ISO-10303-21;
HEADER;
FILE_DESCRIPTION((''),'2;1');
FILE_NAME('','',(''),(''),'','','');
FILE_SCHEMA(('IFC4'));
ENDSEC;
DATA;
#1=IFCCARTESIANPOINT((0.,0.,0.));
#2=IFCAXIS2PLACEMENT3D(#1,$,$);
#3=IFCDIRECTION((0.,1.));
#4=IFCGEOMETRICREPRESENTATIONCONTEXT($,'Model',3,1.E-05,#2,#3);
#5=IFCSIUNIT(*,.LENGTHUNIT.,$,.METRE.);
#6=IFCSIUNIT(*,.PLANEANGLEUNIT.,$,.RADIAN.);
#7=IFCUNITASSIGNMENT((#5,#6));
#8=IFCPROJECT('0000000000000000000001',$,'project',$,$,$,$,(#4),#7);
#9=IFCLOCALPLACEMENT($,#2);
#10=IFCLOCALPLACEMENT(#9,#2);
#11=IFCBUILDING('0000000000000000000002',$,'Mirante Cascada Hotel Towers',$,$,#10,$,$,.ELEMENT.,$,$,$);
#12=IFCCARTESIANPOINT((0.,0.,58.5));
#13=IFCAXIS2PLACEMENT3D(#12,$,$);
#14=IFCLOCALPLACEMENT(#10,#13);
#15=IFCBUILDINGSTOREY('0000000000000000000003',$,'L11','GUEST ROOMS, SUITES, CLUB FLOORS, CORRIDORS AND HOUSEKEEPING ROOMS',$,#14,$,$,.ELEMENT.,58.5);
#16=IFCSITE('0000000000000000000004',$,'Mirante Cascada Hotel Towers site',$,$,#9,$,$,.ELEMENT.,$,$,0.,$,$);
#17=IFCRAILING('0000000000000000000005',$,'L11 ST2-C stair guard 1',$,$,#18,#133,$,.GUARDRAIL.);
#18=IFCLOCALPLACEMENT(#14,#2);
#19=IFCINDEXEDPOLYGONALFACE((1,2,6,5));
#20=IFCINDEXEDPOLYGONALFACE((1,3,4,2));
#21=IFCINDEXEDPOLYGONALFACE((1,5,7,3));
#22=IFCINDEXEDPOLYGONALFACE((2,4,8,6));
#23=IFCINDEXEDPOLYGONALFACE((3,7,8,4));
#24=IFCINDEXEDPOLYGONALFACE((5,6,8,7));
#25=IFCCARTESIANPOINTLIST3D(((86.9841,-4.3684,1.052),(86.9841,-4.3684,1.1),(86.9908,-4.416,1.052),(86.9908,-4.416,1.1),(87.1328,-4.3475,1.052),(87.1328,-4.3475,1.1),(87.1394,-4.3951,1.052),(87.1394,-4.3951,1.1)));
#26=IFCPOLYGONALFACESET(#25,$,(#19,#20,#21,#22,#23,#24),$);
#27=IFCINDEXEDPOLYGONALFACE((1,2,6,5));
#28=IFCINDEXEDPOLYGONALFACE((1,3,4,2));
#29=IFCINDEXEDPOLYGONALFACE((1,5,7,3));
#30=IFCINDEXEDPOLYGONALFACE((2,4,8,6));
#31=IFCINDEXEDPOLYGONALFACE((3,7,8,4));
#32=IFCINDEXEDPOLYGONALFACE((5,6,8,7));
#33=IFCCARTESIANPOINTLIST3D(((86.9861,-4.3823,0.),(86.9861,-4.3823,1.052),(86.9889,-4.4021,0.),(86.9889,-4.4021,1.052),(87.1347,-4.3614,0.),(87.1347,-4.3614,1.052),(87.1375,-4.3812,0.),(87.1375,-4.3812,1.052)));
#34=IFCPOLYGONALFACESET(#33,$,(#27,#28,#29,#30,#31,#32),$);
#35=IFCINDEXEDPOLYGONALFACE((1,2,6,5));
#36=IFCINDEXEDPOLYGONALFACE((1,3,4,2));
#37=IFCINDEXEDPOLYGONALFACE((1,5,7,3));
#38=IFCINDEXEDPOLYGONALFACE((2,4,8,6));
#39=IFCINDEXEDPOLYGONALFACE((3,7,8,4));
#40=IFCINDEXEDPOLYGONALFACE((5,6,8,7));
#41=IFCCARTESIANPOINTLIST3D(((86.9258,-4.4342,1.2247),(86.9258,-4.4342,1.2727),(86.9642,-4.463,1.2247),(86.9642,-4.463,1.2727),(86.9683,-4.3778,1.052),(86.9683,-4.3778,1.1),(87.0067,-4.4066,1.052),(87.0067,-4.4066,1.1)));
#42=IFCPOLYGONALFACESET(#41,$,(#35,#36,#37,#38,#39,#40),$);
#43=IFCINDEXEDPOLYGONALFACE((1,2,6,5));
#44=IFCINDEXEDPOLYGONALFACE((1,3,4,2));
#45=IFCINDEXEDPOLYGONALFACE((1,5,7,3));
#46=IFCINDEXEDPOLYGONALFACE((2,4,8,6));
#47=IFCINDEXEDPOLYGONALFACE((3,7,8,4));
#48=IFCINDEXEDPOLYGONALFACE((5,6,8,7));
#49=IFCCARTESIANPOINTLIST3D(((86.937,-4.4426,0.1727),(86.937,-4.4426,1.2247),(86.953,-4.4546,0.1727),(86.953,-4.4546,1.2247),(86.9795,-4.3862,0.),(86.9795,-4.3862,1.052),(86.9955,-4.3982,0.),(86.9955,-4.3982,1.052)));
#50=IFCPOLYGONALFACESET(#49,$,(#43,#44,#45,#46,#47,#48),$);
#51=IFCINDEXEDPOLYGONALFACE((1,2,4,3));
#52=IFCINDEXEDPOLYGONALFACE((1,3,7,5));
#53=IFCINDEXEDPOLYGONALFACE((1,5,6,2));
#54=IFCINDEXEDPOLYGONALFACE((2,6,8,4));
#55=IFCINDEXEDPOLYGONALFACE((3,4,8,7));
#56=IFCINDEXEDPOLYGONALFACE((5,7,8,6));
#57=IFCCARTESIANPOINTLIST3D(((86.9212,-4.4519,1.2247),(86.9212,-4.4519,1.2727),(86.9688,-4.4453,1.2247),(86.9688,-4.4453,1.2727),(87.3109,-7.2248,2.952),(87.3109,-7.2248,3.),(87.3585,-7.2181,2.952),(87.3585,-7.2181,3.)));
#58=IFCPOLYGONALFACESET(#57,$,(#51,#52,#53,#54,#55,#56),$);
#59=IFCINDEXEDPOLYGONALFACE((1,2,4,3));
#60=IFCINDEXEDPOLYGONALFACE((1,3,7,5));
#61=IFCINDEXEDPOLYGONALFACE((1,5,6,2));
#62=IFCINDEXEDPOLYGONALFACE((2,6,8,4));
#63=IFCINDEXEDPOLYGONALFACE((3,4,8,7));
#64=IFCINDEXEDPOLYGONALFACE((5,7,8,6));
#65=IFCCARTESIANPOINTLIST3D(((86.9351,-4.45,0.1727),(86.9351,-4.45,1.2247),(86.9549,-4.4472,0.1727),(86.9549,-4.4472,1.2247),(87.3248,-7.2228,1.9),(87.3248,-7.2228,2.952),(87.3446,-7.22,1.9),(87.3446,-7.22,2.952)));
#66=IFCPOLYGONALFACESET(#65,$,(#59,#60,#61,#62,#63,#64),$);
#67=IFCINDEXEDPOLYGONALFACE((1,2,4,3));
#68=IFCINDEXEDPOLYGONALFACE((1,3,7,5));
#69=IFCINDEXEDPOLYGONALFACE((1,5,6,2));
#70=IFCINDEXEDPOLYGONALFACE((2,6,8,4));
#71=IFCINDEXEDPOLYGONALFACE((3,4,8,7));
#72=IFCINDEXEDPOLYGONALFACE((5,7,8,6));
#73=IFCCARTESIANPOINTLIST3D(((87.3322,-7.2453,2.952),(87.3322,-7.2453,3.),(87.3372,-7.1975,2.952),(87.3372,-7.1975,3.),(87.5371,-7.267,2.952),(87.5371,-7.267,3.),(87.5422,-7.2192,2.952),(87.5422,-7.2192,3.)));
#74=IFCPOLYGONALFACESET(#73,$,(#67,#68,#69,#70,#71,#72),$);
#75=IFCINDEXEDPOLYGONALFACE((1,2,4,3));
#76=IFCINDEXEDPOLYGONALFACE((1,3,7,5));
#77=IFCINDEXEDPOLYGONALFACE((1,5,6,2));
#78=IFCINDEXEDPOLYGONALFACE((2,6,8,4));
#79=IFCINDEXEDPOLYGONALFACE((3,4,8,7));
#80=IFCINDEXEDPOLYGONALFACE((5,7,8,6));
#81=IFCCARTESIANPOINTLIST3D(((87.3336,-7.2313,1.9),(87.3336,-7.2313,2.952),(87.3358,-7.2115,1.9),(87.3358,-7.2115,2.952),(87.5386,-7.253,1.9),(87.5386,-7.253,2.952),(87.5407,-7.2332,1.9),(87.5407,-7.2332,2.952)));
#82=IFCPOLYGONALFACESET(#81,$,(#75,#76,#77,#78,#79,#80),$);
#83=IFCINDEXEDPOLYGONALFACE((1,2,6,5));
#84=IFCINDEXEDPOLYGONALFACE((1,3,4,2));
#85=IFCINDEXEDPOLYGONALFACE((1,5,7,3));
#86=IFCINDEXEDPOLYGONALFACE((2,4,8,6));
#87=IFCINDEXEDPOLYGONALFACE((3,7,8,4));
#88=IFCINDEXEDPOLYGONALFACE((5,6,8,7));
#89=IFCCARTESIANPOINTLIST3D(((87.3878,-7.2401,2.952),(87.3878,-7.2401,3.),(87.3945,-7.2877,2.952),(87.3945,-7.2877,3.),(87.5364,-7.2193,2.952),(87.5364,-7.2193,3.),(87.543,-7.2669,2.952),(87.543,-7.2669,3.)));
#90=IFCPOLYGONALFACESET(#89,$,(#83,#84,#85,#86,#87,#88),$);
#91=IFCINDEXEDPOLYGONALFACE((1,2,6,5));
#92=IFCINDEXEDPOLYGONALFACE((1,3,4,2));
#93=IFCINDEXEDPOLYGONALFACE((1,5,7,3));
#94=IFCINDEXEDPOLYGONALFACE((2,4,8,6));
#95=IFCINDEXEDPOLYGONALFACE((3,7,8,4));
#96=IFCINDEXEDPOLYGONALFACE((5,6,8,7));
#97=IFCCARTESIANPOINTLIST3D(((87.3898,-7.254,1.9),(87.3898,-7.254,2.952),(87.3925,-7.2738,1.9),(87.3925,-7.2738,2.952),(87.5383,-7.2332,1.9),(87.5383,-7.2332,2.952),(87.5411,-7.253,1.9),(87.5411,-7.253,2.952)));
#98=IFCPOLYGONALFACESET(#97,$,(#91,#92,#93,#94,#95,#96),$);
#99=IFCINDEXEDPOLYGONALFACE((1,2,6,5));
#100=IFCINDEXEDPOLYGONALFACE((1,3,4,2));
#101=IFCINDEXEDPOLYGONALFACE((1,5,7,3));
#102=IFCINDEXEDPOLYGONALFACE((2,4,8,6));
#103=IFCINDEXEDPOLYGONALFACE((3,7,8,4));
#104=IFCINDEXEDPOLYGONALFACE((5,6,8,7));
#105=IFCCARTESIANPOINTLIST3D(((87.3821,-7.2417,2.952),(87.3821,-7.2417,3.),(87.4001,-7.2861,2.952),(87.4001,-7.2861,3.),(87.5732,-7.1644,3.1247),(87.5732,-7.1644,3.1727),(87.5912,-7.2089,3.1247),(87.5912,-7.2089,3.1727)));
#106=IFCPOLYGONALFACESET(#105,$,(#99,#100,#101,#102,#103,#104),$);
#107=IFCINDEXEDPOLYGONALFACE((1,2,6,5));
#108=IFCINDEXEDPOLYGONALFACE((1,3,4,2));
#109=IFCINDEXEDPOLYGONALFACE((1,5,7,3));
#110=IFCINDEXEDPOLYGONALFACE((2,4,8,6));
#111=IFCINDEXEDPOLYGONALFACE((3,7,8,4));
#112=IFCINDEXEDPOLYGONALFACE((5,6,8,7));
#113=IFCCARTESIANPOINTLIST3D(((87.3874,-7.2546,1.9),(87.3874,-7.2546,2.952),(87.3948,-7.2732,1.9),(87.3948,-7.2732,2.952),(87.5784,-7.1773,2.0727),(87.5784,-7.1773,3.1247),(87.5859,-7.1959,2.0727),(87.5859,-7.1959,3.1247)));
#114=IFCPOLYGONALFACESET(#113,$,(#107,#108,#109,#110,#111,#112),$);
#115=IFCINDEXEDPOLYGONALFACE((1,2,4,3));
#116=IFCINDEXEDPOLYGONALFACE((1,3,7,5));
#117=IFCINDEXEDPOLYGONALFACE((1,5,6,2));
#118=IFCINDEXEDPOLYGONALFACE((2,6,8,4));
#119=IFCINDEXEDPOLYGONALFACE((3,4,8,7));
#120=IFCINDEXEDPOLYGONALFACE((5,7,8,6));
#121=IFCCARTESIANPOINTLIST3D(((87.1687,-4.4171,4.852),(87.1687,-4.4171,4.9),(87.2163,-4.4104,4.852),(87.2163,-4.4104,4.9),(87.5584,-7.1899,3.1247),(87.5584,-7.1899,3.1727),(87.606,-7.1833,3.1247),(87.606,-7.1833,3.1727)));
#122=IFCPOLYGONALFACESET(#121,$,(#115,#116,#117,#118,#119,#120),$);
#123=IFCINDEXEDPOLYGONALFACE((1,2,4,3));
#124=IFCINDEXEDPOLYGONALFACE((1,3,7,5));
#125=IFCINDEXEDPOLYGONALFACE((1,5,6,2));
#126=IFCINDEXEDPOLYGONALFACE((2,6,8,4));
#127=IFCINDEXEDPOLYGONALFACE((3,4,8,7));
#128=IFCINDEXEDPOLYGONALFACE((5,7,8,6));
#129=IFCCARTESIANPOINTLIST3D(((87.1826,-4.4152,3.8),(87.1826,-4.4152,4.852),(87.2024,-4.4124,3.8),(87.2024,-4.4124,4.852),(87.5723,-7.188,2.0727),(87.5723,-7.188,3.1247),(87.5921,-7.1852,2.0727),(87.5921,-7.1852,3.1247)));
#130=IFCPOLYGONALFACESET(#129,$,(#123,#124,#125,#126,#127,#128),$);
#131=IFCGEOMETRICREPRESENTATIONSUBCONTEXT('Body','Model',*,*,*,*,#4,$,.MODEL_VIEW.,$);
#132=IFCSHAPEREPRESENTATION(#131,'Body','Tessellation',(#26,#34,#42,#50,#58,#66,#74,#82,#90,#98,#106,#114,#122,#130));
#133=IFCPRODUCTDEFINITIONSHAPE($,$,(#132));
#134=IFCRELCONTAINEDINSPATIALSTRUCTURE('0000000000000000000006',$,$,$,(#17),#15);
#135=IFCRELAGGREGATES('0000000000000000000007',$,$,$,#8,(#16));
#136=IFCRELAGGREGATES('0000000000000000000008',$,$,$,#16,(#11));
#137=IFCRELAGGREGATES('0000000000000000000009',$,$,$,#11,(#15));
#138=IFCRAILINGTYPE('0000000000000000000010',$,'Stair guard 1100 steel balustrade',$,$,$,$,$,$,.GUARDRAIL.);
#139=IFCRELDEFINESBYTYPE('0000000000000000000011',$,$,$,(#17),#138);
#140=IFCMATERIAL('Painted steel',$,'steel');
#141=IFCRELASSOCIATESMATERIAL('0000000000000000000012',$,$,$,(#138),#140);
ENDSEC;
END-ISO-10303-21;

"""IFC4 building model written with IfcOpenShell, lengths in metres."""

from ifc_helpers import new_model, si_unit, direction, frame, origin, origin_2d, place, context, subcontext, project, spatial, rectangle, extrude, material, type_object, element, save


model = new_model("IFC4")

# Units and contexts
model_context = context("Model", 3, precision=1e-05, world=origin(), true_north=direction((0.0, 1.0)))
body_context = subcontext(model_context, "Body", "Model", "MODEL_VIEW")
ifc_project = project(units=[si_unit("LENGTHUNIT", "METRE"), si_unit("PLANEANGLEUNIT", "RADIAN")], contexts=[model_context])

# Site, building, storey
site_placement = place(None, origin())
site = spatial("IfcSite", under=ifc_project, at=site_placement, Name="Mirante Cascada Hotel Towers site", CompositionType="ELEMENT", RefElevation=0.0)
building_placement = place(site_placement, origin())
building = spatial("IfcBuilding", under=site, at=building_placement, Name="Mirante Cascada Hotel Towers", CompositionType="ELEMENT")
storey_placement = place(building_placement, frame((0.0, 0.0, 58.5)))
storey = spatial("IfcBuildingStorey", under=building, at=storey_placement, Name="L11", Description="GUEST ROOMS, SUITES, CLUB FLOORS, CORRIDORS AND HOUSEKEEPING ROOMS", CompositionType="ELEMENT", Elevation=58.5)

# Railing
ifc_material_1 = material(Name="Painted steel", Category="steel")
railing_type = type_object("IfcRailingType", Name="Stair guard 1100 steel balustrade", PredefinedType="GUARDRAIL", material=ifc_material_1)
railing_placement = place(storey_placement, frame((87.1361, -4.3713, 0.0)))
element("IfcRailing", 1, at=railing_placement, inside=storey, type_object=railing_type, Name="L11 ST2-C stair guard 1", PredefinedType="GUARDRAIL", context=body_context, shape_type="SweptSolid", body=[
    extrude(rectangle(XDim=0.048, YDim=0.048, at=origin_2d()), frame((0.0, 0.0, 1.076), z_axis=(-0.990254, -0.139275, 0.0), x_axis=(0.139275, -0.990254, 0.0)), (0.0, 0.0, 1.0), 0.1501),
    extrude(rectangle(XDim=0.02, YDim=1.052, at=origin_2d()), frame((0.0, 0.0, 0.526), z_axis=(-0.990254, -0.139275, 0.0), x_axis=(0.139275, -0.990254, 0.0)), (0.0, 0.0, 1.0), 0.1501),
    extrude(rectangle(XDim=0.048, YDim=0.048, at=origin_2d()), frame((-0.1486, -0.0209, 1.076), z_axis=(-0.601811, -0.798639, 0.0), x_axis=(0.798639, -0.601811, 0.0)), (0.0, 0.925603, 0.378496), 0.1866),
    extrude(rectangle(XDim=0.02, YDim=1.052, at=origin_2d()), frame((-0.1486, -0.0209, 0.526), z_axis=(-0.601811, -0.798639, 0.0), x_axis=(0.798639, -0.601811, 0.0)), (0.0, 0.925603, 0.378496), 0.1866),
    extrude(rectangle(XDim=0.048, YDim=0.048, at=origin_2d()), frame((-0.1911, -0.0773, 1.2487), z_axis=(0.139176, -0.990268, 0.0), x_axis=(0.990268, 0.139176, 0.0)), (0.0, 0.525021, 0.851089), 3.29),
    extrude(rectangle(XDim=0.02, YDim=1.052, at=origin_2d()), frame((-0.1911, -0.0773, 0.6987), z_axis=(0.139176, -0.990268, 0.0), x_axis=(0.990268, 0.139176, 0.0)), (0.0, 0.525021, 0.851089), 3.29),
    extrude(rectangle(XDim=0.048, YDim=0.048, at=origin_2d()), frame((0.1986, -2.8501, 2.976), z_axis=(0.994444, -0.105266, 0.0), x_axis=(0.105266, 0.994444, 0.0)), (0.0, 0.0, 1.0), 0.2061),
    extrude(rectangle(XDim=0.02, YDim=1.052, at=origin_2d()), frame((0.1986, -2.8501, 2.426), z_axis=(0.994444, -0.105266, 0.0), x_axis=(0.105266, 0.994444, 0.0)), (0.0, 0.0, 1.0), 0.2061),
    extrude(rectangle(XDim=0.048, YDim=0.048, at=origin_2d()), frame((0.4036, -2.8718, 2.976), z_axis=(-0.990345, -0.138622, 0.0), x_axis=(0.138622, -0.990345, 0.0)), (0.0, 0.0, 1.0), 0.15),
    extrude(rectangle(XDim=0.02, YDim=1.052, at=origin_2d()), frame((0.4036, -2.8718, 2.426), z_axis=(-0.990345, -0.138622, 0.0), x_axis=(0.138622, -0.990345, 0.0)), (0.0, 0.0, 1.0), 0.15),
    extrude(rectangle(XDim=0.048, YDim=0.048, at=origin_2d()), frame((0.255, -2.8926, 2.976), z_axis=(0.927031, 0.374984, 0.0), x_axis=(-0.374984, 0.927031, 0.0)), (0.0, 0.64219, 0.766545), 0.2689),
    extrude(rectangle(XDim=0.02, YDim=1.052, at=origin_2d()), frame((0.255, -2.8926, 2.426), z_axis=(0.927031, 0.374984, 0.0), x_axis=(-0.374984, 0.927031, 0.0)), (0.0, 0.64219, 0.766545), 0.2689),
    extrude(rectangle(XDim=0.048, YDim=0.048, at=origin_2d()), frame((0.4461, -2.8153, 3.1487), z_axis=(-0.139176, 0.990268, 0.0), x_axis=(-0.990268, -0.139176, 0.0)), (0.0, 0.525021, 0.851089), 3.29),
    extrude(rectangle(XDim=0.02, YDim=1.052, at=origin_2d()), frame((0.4461, -2.8153, 2.5987), z_axis=(-0.139176, 0.990268, 0.0), x_axis=(-0.990268, -0.139176, 0.0)), (0.0, 0.525021, 0.851089), 3.29),
])

save(model, "model.ifc")
